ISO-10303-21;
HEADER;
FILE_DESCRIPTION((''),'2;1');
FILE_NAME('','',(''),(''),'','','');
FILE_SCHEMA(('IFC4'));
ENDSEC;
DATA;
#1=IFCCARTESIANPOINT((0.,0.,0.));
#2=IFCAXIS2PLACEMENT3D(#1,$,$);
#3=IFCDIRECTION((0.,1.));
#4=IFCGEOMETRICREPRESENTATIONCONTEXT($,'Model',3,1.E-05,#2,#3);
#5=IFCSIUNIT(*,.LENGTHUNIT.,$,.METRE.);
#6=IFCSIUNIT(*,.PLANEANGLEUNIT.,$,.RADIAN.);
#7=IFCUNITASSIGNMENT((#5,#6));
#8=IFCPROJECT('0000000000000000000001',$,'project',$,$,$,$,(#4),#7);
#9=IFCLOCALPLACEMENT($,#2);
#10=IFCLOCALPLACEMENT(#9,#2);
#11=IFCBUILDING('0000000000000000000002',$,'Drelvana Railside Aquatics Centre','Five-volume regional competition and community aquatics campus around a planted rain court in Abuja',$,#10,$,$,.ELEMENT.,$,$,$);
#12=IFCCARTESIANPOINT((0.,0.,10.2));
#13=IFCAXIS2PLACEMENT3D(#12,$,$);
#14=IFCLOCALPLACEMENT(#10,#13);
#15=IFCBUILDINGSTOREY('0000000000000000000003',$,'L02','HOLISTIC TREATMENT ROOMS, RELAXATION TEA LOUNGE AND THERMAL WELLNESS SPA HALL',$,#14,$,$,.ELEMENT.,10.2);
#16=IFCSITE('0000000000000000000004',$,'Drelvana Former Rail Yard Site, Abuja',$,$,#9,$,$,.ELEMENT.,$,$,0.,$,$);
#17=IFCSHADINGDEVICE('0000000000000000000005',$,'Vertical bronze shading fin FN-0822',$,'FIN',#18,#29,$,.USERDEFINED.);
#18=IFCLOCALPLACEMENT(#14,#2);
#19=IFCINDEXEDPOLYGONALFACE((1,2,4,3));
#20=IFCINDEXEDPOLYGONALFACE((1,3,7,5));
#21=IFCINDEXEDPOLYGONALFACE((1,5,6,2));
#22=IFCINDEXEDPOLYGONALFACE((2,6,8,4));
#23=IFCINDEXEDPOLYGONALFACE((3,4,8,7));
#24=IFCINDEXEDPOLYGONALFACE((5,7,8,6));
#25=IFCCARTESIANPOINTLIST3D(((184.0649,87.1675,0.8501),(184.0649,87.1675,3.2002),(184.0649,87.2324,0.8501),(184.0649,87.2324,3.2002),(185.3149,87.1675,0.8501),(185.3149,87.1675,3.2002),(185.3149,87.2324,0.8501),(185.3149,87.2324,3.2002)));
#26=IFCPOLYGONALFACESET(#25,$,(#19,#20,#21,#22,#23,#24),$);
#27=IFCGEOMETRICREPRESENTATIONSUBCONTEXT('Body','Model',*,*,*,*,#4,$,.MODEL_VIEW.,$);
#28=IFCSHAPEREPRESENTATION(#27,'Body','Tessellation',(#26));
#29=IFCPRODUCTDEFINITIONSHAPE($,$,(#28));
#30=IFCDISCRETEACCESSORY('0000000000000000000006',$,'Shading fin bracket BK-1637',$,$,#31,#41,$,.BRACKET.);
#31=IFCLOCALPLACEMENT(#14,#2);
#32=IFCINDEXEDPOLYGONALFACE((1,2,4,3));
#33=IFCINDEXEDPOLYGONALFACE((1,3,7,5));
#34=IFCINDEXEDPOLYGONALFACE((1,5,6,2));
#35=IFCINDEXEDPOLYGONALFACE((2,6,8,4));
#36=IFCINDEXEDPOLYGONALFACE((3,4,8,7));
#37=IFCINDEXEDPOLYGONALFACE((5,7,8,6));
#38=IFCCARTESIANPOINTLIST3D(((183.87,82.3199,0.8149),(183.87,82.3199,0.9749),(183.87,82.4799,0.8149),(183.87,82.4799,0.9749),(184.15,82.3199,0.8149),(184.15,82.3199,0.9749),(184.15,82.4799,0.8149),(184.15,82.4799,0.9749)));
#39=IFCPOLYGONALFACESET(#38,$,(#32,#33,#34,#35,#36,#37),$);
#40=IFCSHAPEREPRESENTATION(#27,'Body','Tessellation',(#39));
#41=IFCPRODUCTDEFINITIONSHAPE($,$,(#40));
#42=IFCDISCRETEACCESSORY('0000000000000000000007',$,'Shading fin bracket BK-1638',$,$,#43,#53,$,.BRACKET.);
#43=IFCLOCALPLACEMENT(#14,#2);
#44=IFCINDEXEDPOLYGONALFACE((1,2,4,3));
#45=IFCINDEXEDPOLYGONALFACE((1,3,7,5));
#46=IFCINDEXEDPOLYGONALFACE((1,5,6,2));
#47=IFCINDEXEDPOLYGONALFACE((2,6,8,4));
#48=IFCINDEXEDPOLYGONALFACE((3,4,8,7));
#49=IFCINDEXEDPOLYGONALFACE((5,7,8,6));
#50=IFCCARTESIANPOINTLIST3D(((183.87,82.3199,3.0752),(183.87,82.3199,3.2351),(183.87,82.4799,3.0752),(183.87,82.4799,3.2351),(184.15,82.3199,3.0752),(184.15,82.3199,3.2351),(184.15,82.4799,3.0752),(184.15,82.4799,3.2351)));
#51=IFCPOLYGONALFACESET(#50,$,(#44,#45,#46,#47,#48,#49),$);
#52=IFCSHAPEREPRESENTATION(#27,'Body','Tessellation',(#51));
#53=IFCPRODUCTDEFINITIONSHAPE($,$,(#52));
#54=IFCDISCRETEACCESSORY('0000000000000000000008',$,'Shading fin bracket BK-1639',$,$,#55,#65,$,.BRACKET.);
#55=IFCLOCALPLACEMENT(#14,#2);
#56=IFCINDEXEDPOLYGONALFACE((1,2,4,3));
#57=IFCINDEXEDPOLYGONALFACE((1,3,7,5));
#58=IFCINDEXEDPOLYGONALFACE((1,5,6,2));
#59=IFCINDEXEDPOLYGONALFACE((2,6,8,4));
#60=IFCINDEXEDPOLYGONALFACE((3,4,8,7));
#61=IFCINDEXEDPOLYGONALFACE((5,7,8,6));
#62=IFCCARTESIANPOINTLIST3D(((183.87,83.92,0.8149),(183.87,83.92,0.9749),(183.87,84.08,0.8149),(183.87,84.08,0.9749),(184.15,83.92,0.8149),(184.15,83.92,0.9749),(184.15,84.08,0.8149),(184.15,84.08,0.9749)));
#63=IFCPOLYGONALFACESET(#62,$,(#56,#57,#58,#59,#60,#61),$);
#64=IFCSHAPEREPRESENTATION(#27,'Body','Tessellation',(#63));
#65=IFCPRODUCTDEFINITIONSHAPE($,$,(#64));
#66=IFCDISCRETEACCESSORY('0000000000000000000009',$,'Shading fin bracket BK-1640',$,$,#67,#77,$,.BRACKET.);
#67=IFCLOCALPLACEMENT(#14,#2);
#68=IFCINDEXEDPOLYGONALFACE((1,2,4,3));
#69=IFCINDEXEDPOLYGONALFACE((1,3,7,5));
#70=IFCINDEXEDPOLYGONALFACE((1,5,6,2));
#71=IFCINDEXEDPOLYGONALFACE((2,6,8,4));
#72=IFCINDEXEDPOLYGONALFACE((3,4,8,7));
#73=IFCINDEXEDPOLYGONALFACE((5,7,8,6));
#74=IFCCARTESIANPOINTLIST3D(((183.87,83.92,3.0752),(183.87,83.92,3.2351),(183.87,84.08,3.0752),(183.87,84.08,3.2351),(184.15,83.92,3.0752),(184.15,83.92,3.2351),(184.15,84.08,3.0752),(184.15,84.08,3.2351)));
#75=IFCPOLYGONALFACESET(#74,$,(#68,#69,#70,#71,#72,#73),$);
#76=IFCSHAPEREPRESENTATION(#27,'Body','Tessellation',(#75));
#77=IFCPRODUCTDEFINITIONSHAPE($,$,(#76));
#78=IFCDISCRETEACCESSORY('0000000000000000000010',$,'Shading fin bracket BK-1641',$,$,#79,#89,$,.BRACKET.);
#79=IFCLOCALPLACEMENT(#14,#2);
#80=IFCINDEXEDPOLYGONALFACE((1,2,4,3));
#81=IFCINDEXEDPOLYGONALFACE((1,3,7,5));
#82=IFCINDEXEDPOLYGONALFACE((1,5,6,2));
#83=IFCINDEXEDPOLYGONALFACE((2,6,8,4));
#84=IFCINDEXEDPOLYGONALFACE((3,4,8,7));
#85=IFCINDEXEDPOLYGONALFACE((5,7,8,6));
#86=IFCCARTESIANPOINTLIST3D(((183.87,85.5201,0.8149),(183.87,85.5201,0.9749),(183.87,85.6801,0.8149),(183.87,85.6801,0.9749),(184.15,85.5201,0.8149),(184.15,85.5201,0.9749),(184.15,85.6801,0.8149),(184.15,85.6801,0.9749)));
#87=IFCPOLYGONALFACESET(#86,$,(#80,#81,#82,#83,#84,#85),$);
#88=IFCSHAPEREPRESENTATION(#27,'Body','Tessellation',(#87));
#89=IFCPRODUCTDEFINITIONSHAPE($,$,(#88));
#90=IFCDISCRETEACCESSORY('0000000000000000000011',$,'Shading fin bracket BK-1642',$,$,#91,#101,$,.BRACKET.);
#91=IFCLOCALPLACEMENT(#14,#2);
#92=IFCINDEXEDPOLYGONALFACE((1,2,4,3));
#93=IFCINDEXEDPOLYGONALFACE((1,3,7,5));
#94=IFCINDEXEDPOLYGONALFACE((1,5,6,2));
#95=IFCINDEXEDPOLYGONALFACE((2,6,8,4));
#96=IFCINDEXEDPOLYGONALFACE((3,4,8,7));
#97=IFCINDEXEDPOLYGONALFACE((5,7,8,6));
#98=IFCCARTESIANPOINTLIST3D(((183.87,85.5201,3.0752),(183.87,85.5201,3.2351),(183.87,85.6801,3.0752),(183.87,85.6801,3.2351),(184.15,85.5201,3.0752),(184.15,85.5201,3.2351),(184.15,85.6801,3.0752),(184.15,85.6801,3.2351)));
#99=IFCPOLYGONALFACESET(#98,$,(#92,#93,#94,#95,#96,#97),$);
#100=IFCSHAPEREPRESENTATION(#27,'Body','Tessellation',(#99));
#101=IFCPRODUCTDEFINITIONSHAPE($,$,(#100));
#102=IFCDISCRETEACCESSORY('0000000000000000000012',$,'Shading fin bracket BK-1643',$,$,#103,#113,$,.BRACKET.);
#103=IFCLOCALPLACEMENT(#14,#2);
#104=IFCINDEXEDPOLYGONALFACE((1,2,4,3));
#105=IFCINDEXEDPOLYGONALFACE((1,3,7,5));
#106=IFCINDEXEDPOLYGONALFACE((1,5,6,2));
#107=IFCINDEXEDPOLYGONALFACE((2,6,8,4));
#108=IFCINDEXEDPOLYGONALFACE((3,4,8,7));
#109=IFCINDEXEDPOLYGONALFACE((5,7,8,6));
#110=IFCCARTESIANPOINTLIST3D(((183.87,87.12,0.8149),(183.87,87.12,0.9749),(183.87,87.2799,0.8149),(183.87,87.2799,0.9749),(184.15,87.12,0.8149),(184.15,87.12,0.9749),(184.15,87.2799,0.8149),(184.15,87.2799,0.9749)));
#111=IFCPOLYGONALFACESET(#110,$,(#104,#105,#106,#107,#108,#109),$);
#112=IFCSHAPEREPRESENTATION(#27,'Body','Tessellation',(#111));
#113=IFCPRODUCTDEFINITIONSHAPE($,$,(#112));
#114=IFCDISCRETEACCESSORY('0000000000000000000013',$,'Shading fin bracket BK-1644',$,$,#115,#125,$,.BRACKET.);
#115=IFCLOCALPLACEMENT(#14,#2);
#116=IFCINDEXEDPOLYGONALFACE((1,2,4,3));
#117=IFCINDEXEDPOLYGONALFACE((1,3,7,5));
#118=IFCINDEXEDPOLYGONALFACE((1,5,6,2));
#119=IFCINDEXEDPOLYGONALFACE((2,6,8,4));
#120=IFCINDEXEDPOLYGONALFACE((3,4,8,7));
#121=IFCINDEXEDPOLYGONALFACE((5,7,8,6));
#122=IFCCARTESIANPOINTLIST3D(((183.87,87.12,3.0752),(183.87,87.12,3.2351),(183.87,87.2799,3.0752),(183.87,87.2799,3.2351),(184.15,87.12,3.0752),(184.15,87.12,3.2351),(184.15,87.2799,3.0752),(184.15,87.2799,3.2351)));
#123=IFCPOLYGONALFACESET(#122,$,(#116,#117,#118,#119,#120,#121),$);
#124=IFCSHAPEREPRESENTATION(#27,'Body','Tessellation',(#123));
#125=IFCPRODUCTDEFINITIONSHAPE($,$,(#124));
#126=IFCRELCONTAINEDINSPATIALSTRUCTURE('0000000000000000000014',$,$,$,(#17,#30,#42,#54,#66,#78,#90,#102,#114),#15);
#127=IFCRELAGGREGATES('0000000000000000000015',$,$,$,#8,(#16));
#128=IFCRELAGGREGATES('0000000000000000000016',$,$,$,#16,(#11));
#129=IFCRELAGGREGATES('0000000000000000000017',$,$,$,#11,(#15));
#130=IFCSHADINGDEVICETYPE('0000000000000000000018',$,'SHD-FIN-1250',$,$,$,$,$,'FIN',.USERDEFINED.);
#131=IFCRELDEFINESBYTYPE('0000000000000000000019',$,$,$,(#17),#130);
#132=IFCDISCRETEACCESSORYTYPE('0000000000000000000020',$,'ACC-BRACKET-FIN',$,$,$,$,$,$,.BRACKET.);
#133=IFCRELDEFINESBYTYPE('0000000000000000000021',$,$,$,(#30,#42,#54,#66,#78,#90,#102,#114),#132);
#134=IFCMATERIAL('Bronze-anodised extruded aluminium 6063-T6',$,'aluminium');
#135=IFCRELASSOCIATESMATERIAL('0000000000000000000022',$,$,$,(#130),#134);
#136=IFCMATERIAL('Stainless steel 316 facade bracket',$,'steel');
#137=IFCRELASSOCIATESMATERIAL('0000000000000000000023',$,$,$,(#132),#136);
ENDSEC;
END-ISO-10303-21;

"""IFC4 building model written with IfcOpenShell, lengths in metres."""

from ifc_helpers import new_model, si_unit, direction, frame, origin, origin_2d, place, context, subcontext, project, spatial, rectangle, extrude, material, type_object, element, save


model = new_model("IFC4")

# Units and contexts
model_context = context("Model", 3, precision=1e-05, world=origin(), true_north=direction((0.0, 1.0)))
body_context = subcontext(model_context, "Body", "Model", "MODEL_VIEW")
ifc_project = project(units=[si_unit("LENGTHUNIT", "METRE"), si_unit("PLANEANGLEUNIT", "RADIAN")], contexts=[model_context])

# Site, building, storey
site_placement = place(None, origin())
site = spatial("IfcSite", under=ifc_project, at=site_placement, Name="Drelvana Former Rail Yard Site, Abuja", CompositionType="ELEMENT", RefElevation=0.0)
building_placement = place(site_placement, origin())
building = spatial("IfcBuilding", under=site, at=building_placement, Name="Drelvana Railside Aquatics Centre", Description="Five-volume regional competition and community aquatics campus around a planted rain court in Abuja", CompositionType="ELEMENT")
storey_placement = place(building_placement, frame((0.0, 0.0, 10.2)))
storey = spatial("IfcBuildingStorey", under=building, at=storey_placement, Name="L02", Description="HOLISTIC TREATMENT ROOMS, RELAXATION TEA LOUNGE AND THERMAL WELLNESS SPA HALL", CompositionType="ELEMENT", Elevation=10.2)

# Shared definitions
ifc_material_1 = material(Name="Bronze-anodised extruded aluminium 6063-T6", Category="aluminium")

# Shading device
shading_device_type = type_object("IfcShadingDeviceType", Name="SHD-FIN-1250", ElementType="FIN", PredefinedType="USERDEFINED", material=ifc_material_1)
for number, where, z_axis, x_axis, name in (
    (1, (184.6899, 87.2, 0.8501), (0.0, 0.0, 1.0), (1.0, 0.0, 0.0), "Vertical bronze shading fin FN-0822"),
):
    element("IfcShadingDevice", number, at=place(storey_placement, frame(where, z_axis=z_axis, x_axis=x_axis)), inside=storey, type_object=shading_device_type, Name=name, ObjectType="FIN", PredefinedType="USERDEFINED", context=body_context, shape_type="SweptSolid", body=[
        extrude(rectangle(XDim=1.25, YDim=0.0649, at=origin_2d()), origin(), (0.0, 0.0, 1.0), 2.3501),
    ])

# Discrete accessories
ifc_material_2 = material(Name="Stainless steel 316 facade bracket", Category="steel")
discrete_accessory_type = type_object("IfcDiscreteAccessoryType", Name="ACC-BRACKET-FIN", PredefinedType="BRACKET", material=ifc_material_2)
for number, where, z_axis, x_axis, name in (
    (2, (184.01, 82.3999, 0.8149), (0.0, 0.0, 1.0), (1.0, 0.0, 0.0), "Shading fin bracket BK-1637"),
    (3, (184.01, 82.3999, 3.0752), (0.0, 0.0, 1.0), (1.0, 0.0, 0.0), "Shading fin bracket BK-1638"),
    (4, (184.01, 84.0, 0.8149), (0.0, 0.0, 1.0), (1.0, 0.0, 0.0), "Shading fin bracket BK-1639"),
    (5, (184.01, 84.0, 3.0752), (0.0, 0.0, 1.0), (1.0, 0.0, 0.0), "Shading fin bracket BK-1640"),
    (6, (184.01, 85.6001, 0.8149), (0.0, 0.0, 1.0), (1.0, 0.0, 0.0), "Shading fin bracket BK-1641"),
    (7, (184.01, 85.6001, 3.0752), (0.0, 0.0, 1.0), (1.0, 0.0, 0.0), "Shading fin bracket BK-1642"),
    (8, (184.01, 87.2, 0.8149), (0.0, 0.0, 1.0), (1.0, 0.0, 0.0), "Shading fin bracket BK-1643"),
    (9, (184.01, 87.2, 3.0752), (0.0, 0.0, 1.0), (1.0, 0.0, 0.0), "Shading fin bracket BK-1644"),
):
    element("IfcDiscreteAccessory", number, at=place(storey_placement, frame(where, z_axis=z_axis, x_axis=x_axis)), inside=storey, type_object=discrete_accessory_type, Name=name, PredefinedType="BRACKET", context=body_context, shape_type="SweptSolid", body=[
        extrude(rectangle(XDim=0.28, YDim=0.1599, at=origin_2d()), origin(), (0.0, 0.0, 1.0), 0.1599),
    ])

save(model, "model.ifc")
